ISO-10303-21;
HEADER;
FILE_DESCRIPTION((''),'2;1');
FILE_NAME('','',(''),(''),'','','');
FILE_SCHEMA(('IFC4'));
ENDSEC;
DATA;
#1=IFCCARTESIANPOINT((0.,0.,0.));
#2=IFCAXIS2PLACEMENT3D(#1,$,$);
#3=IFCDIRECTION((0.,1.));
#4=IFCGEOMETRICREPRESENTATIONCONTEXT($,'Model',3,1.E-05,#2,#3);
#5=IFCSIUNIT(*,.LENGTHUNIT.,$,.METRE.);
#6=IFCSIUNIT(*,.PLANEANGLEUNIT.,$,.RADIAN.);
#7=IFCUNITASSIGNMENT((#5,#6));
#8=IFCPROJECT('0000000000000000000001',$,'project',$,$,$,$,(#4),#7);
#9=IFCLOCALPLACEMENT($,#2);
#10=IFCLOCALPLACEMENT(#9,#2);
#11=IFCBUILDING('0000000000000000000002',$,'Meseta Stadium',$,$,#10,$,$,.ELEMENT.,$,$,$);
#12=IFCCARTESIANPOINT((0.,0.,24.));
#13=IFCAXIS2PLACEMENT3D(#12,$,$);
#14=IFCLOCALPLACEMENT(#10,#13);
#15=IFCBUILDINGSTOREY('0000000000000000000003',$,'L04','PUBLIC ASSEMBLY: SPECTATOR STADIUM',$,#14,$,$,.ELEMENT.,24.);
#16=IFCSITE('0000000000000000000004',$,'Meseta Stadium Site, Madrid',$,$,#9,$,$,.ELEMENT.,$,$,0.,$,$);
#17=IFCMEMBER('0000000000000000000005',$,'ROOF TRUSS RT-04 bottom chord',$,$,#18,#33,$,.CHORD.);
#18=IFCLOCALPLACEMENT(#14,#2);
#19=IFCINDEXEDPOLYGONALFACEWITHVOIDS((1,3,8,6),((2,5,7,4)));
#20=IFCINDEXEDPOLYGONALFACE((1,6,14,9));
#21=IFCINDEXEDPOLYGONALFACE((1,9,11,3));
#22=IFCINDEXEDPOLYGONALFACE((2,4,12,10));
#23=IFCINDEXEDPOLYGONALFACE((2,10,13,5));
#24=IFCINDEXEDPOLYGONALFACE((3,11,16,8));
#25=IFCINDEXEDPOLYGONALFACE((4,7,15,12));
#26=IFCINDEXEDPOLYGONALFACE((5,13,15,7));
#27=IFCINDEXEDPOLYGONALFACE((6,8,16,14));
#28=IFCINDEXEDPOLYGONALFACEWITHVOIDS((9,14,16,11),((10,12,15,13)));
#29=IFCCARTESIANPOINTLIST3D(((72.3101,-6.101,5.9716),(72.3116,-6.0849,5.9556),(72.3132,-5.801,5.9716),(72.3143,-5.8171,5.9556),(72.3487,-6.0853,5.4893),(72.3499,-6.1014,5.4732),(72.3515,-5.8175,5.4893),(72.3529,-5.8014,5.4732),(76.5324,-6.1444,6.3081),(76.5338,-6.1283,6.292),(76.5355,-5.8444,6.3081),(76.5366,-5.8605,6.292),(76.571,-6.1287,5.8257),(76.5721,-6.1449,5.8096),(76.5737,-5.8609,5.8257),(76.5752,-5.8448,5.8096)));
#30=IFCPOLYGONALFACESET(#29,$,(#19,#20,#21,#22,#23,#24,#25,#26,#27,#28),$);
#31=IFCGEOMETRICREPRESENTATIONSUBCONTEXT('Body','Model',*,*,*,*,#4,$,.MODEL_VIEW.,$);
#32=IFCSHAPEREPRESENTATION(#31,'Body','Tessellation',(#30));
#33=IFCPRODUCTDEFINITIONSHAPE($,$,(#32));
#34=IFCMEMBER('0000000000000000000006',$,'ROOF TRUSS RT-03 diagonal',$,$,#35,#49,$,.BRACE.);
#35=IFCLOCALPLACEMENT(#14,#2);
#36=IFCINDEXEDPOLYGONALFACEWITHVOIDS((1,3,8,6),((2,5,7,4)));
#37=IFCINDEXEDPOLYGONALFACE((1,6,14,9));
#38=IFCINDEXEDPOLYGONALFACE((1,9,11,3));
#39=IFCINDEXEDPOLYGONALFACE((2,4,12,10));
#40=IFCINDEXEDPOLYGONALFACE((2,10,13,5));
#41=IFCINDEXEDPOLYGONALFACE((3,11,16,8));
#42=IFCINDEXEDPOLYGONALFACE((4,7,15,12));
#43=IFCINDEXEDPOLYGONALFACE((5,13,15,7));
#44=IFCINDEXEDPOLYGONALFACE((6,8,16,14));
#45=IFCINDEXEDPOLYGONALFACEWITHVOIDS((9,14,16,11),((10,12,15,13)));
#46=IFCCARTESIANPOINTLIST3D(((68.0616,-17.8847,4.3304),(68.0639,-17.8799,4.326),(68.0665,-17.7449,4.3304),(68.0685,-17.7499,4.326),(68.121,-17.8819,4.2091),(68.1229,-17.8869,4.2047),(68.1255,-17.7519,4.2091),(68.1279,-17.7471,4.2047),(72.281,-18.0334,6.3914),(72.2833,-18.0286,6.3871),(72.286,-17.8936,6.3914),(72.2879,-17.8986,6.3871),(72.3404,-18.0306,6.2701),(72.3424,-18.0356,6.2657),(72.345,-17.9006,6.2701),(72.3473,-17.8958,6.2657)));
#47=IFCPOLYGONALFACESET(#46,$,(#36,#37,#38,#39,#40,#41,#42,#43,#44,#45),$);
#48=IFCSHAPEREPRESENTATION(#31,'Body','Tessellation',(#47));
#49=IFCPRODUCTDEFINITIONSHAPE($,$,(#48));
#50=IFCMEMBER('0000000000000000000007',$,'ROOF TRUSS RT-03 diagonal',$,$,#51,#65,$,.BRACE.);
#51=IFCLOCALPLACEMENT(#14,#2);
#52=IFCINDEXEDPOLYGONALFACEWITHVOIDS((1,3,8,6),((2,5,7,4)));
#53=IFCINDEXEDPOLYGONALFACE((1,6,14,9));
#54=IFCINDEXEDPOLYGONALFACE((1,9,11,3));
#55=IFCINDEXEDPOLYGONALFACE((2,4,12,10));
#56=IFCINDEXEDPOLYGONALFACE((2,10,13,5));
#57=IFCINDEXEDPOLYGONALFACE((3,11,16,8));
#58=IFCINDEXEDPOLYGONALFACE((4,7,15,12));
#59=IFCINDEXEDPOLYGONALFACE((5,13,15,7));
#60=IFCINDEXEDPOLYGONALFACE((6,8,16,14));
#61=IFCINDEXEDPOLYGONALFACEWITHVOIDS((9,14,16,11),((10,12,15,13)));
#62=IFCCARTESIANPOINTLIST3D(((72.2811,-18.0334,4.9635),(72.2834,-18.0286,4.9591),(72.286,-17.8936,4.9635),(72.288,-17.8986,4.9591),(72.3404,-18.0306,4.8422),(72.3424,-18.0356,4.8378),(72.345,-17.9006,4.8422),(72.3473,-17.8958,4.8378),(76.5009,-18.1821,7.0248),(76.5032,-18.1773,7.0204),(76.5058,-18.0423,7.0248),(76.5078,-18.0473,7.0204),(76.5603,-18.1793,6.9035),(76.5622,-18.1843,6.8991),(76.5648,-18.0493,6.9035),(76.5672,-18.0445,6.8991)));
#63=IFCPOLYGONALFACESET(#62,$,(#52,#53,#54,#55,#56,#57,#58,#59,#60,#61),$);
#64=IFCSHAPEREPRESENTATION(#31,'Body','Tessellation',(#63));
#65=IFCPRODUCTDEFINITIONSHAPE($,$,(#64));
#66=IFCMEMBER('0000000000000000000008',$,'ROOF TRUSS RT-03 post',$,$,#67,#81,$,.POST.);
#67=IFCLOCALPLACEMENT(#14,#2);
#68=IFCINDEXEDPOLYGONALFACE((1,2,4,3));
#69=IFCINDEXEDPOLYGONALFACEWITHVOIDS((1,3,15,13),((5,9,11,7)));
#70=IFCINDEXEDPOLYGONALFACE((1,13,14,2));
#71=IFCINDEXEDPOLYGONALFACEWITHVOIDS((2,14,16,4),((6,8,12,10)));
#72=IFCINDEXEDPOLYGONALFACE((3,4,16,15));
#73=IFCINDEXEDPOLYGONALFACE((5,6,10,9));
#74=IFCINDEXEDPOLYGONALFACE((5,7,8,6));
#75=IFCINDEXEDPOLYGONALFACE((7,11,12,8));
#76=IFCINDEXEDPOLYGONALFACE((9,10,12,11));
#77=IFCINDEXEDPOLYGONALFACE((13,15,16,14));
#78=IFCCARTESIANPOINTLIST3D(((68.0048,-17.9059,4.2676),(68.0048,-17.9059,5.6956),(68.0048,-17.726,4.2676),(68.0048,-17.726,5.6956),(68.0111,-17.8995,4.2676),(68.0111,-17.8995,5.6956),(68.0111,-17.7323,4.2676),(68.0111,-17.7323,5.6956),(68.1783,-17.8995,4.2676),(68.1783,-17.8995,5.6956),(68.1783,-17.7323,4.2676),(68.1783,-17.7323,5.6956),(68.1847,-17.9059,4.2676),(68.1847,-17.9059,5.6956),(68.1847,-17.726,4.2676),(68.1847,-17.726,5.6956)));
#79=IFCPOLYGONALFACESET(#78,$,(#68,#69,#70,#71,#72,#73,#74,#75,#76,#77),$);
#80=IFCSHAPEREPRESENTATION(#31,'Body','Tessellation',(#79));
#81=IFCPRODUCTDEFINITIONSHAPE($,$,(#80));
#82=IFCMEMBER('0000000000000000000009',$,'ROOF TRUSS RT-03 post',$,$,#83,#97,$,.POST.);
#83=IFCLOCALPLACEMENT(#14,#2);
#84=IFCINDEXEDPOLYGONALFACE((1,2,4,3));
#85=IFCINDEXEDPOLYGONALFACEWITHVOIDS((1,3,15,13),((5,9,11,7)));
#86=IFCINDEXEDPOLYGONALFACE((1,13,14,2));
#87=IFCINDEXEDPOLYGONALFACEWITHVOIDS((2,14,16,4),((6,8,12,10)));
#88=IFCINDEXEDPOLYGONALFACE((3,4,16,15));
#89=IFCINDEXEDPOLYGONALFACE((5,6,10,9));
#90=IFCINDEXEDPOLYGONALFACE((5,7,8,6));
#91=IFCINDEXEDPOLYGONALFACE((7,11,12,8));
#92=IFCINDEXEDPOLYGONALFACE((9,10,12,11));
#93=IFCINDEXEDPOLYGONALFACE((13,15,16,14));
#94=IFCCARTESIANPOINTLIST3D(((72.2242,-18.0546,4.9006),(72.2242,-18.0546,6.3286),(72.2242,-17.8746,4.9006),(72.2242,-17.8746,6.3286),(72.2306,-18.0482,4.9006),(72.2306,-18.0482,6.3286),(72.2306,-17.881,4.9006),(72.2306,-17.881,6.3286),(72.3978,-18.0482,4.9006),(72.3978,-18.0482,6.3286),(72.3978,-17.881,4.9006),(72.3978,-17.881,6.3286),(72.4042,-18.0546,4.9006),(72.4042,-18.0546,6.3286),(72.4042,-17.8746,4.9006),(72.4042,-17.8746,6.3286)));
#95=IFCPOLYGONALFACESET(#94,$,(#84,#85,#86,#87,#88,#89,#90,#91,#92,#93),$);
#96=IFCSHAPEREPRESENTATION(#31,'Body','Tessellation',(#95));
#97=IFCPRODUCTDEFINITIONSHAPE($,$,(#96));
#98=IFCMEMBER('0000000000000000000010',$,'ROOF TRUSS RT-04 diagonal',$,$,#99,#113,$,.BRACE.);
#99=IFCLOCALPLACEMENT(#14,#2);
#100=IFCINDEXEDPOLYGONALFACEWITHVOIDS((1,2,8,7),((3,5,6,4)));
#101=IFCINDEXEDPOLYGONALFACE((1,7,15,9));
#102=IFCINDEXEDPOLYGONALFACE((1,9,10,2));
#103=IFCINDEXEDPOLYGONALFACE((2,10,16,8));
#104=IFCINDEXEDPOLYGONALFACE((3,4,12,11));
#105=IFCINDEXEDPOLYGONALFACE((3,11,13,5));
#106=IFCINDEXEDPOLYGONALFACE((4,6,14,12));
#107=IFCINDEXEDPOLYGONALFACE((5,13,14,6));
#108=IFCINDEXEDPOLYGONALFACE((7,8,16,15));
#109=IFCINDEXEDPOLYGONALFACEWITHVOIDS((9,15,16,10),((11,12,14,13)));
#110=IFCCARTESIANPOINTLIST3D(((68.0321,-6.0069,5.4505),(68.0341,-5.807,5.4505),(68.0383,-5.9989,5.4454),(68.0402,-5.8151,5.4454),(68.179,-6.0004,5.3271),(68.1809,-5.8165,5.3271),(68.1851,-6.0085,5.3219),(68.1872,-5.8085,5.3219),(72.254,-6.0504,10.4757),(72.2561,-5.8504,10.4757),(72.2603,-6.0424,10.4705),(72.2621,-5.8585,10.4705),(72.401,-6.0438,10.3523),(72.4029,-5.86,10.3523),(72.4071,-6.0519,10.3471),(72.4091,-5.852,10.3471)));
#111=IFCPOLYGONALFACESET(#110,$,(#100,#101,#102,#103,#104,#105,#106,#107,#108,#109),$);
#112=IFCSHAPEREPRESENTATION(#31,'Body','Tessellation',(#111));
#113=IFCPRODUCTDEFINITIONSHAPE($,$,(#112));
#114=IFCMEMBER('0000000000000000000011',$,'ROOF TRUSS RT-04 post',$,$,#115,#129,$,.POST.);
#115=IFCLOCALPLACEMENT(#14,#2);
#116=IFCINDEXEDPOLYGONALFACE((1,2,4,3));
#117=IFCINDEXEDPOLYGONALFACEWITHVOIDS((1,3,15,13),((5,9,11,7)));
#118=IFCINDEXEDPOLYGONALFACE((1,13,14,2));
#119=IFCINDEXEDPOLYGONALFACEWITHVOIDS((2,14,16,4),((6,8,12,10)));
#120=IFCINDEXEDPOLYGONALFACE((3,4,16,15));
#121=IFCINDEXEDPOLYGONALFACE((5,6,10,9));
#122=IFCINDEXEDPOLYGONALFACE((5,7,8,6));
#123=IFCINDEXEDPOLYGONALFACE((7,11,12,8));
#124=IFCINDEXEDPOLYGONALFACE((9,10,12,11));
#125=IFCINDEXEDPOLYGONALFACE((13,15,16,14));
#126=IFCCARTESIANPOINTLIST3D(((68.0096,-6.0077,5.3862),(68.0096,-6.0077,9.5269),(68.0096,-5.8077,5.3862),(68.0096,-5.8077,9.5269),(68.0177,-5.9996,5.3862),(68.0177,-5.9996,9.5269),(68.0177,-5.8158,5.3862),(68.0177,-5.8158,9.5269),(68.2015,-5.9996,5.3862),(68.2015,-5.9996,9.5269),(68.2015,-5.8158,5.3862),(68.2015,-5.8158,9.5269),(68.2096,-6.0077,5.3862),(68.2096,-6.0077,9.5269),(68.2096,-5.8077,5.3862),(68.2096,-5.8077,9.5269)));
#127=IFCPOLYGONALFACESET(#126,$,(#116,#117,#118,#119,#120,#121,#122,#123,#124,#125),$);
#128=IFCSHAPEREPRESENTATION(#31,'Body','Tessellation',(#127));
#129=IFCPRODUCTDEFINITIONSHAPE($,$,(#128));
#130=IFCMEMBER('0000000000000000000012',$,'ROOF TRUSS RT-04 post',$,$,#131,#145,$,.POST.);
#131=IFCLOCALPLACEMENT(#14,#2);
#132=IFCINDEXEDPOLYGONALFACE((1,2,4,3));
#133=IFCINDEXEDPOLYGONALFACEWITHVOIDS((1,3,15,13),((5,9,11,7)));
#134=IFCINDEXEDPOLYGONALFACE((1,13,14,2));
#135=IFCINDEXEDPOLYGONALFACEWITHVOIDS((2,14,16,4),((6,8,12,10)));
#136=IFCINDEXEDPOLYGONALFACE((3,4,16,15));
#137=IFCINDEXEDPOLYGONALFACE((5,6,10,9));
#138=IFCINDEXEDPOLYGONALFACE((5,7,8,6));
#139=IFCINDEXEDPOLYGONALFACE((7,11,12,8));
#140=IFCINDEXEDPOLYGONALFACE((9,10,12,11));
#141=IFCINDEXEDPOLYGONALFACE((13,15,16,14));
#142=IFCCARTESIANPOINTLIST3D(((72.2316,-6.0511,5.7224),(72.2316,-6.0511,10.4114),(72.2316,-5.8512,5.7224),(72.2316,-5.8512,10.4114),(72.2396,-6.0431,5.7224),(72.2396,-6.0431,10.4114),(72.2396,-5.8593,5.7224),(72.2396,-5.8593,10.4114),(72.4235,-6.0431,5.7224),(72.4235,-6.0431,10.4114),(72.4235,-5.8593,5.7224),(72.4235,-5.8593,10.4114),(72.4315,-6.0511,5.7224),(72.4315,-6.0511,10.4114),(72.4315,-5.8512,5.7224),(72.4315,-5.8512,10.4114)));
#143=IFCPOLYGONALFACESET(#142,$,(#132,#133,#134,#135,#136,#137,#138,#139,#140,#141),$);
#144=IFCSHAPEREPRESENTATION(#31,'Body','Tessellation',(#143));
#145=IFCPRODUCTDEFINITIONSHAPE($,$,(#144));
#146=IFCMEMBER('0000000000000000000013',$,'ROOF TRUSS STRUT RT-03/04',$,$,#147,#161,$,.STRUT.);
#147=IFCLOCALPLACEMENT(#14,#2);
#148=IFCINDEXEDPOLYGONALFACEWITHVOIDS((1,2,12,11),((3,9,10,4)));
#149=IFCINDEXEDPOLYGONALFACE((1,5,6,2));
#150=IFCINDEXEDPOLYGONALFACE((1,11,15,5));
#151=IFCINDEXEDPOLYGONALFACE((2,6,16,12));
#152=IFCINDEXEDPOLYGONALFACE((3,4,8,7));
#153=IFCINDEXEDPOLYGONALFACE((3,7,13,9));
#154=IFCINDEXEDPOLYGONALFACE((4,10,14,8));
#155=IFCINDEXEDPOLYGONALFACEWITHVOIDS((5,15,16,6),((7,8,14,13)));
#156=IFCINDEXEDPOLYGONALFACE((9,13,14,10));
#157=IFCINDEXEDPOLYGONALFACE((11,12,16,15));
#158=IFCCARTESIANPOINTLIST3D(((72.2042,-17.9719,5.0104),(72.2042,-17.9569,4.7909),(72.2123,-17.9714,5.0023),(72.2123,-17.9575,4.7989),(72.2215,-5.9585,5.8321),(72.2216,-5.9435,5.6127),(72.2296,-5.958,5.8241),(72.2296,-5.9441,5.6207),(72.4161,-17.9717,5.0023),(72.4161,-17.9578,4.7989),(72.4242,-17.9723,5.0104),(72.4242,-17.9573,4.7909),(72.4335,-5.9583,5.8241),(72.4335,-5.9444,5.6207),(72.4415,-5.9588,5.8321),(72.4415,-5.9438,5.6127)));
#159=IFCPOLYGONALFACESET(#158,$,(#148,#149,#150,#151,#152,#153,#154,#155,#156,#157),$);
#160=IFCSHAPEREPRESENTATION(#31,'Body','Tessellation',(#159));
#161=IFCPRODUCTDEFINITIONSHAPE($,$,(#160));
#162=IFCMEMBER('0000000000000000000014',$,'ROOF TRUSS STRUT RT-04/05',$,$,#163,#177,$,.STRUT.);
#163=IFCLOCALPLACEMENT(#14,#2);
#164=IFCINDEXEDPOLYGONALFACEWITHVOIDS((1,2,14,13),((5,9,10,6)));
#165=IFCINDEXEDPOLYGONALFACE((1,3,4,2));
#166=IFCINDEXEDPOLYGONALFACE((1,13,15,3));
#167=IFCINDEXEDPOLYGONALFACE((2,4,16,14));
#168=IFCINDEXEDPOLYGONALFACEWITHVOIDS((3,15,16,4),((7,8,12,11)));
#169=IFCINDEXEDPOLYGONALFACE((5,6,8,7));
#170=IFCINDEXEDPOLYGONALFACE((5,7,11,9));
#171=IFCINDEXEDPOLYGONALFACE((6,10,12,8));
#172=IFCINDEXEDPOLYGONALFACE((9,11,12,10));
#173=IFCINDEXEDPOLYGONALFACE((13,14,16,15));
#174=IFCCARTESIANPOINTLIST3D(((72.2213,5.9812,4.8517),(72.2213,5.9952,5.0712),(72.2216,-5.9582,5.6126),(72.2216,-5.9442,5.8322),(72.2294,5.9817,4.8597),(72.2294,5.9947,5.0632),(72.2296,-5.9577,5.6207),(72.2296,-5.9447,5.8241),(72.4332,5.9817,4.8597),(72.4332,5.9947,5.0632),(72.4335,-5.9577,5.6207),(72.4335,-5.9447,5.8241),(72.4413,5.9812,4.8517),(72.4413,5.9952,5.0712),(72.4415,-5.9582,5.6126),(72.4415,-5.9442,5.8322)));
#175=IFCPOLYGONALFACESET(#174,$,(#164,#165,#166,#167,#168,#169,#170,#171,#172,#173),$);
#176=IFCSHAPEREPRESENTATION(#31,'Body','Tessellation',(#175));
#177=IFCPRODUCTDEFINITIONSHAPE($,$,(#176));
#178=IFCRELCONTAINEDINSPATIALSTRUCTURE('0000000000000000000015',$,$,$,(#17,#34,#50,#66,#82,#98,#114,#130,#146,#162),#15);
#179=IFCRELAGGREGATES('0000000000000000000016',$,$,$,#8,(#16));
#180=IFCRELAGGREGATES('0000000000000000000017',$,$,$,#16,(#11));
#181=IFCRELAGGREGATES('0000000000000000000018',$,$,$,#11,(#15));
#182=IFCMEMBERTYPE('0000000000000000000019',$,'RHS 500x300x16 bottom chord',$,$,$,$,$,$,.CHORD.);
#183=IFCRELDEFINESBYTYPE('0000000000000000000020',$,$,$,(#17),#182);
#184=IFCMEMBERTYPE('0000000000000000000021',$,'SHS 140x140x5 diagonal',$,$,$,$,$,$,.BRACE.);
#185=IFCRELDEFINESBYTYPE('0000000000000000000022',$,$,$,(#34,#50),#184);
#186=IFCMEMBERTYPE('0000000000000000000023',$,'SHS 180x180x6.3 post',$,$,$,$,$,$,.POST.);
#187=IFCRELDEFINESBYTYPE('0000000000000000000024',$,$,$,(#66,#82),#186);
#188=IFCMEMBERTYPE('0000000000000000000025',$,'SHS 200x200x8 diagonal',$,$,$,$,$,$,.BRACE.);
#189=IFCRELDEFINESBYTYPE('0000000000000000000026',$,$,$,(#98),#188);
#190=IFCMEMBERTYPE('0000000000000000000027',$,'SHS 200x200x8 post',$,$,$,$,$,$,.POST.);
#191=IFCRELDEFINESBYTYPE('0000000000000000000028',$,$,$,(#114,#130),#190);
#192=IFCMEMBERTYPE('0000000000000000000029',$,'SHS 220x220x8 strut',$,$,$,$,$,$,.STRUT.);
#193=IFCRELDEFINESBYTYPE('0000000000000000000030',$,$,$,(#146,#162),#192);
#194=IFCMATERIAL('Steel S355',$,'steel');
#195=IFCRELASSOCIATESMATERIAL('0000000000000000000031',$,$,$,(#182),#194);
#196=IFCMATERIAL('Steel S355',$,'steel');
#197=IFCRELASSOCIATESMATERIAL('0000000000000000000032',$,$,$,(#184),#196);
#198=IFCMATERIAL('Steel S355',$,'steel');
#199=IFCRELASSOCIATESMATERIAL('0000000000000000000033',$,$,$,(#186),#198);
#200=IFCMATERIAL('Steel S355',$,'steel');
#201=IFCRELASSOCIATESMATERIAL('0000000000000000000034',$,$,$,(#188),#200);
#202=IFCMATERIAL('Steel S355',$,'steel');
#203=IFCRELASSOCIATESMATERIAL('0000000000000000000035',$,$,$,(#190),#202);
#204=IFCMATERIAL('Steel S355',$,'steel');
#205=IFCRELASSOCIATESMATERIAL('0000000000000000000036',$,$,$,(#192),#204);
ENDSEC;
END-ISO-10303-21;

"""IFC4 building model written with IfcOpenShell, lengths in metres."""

from ifc_helpers import new_model, si_unit, direction, frame, origin, origin_2d, place, context, subcontext, project, spatial, hollow_rectangle, extrude, material, material_profile, profile_set, type_object, element, save


model = new_model("IFC4")

# Units and contexts
model_context = context("Model", 3, precision=1e-05, world=origin(), true_north=direction((0.0, 1.0)))
body_context = subcontext(model_context, "Body", "Model", "MODEL_VIEW")
ifc_project = project(units=[si_unit("LENGTHUNIT", "METRE"), si_unit("PLANEANGLEUNIT", "RADIAN")], contexts=[model_context])

# Site, building, storey
site_placement = place(None, origin())
site = spatial("IfcSite", under=ifc_project, at=site_placement, Name="Meseta Stadium Site, Madrid", CompositionType="ELEMENT", RefElevation=0.0)
building_placement = place(site_placement, origin())
building = spatial("IfcBuilding", under=site, at=building_placement, Name="Meseta Stadium", CompositionType="ELEMENT")
storey_placement = place(building_placement, frame((0.0, 0.0, 24.0)))
storey = spatial("IfcBuildingStorey", under=building, at=storey_placement, Name="L04", Description="PUBLIC ASSEMBLY: SPECTATOR STADIUM", CompositionType="ELEMENT", Elevation=24.0)

# Members
ifc_material_1 = material(Name="Steel S355", Category="steel")
ifc_material_profile_1 = material_profile(ifc_material_1, hollow_rectangle(XDim=0.3, YDim=0.5, WallThickness=0.0161, at=origin_2d()), Name="RHS 500x300x16")
ifc_profile_set_1 = profile_set([ifc_material_profile_1], Name="Steel S355")
member_type_1 = type_object("IfcMemberType", Name="RHS 500x300x16 bottom chord", PredefinedType="CHORD", material=ifc_profile_set_1)
member_1_placement = place(storey_placement, frame((72.3315, -5.9512, 5.7224), z_axis=(0.996788, -0.01026, 0.079425), x_axis=(0.010292, 0.999947, 0.0)))
element("IfcMember", 1, at=member_1_placement, inside=storey, type_object=member_type_1, Name="ROOF TRUSS RT-04 bottom chord", PredefinedType="CHORD", context=body_context, shape_type="SweptSolid", body=[
    extrude(hollow_rectangle(XDim=0.3, YDim=0.5, WallThickness=0.0161, at=origin_2d()), origin(), (0.0, 0.0, 1.0), 4.2358),
])
ifc_material_2 = material(Name="Steel S355", Category="steel")
ifc_material_profile_2 = material_profile(ifc_material_2, hollow_rectangle(XDim=0.1399, YDim=0.1399, WallThickness=0.0049, at=origin_2d()), Name="SHS 140x140x5")
ifc_profile_set_2 = profile_set([ifc_material_profile_2], Name="Steel S355")
member_type_2 = type_object("IfcMemberType", Name="SHS 140x140x5 diagonal", PredefinedType="BRACE", material=ifc_profile_set_2)
member_2_placement = place(storey_placement, frame((68.0947, -17.8159, 4.2676), z_axis=(0.898087, -0.031646, 0.438677), x_axis=(0.035215, 0.99938, 0.0)))
element("IfcMember", 2, at=member_2_placement, inside=storey, type_object=member_type_2, Name="ROOF TRUSS RT-03 diagonal", PredefinedType="BRACE", context=body_context, shape_type="SweptSolid", body=[
    extrude(hollow_rectangle(XDim=0.1399, YDim=0.1399, WallThickness=0.0049, at=origin_2d()), origin(), (0.0, 0.0, 1.0), 4.6982),
])
member_3_placement = place(storey_placement, frame((72.3142, -17.9646, 4.9006), z_axis=(0.898077, -0.031644, 0.438698), x_axis=(0.035213, 0.99938, 0.0)))
element("IfcMember", 3, at=member_3_placement, inside=storey, type_object=member_type_2, Name="ROOF TRUSS RT-03 diagonal", PredefinedType="BRACE", context=body_context, shape_type="SweptSolid", body=[
    extrude(hollow_rectangle(XDim=0.1399, YDim=0.1399, WallThickness=0.0049, at=origin_2d()), origin(), (0.0, 0.0, 1.0), 4.6987),
])
ifc_material_3 = material(Name="Steel S355", Category="steel")
ifc_material_profile_3 = material_profile(ifc_material_3, hollow_rectangle(XDim=0.1799, YDim=0.1799, WallThickness=0.0063, at=origin_2d()), Name="SHS 180x180x6.3")
ifc_profile_set_3 = profile_set([ifc_material_profile_3], Name="Steel S355")
member_type_3 = type_object("IfcMemberType", Name="SHS 180x180x6.3 post", PredefinedType="POST", material=ifc_profile_set_3)
for number, where, z_axis, x_axis, name in (
    (4, (68.0947, -17.8159, 4.2676), (0.0, 0.0, 1.0), (1.0, 0.0, 0.0), "ROOF TRUSS RT-03 post"),
    (5, (72.3142, -17.9646, 4.9006), (0.0, 0.0, 1.0), (1.0, 0.0, 0.0), "ROOF TRUSS RT-03 post"),
):
    element("IfcMember", number, at=place(storey_placement, frame(where, z_axis=z_axis, x_axis=x_axis)), inside=storey, type_object=member_type_3, Name=name, PredefinedType="POST", context=body_context, shape_type="SweptSolid", body=[
        extrude(hollow_rectangle(XDim=0.1799, YDim=0.1799, WallThickness=0.0063, at=origin_2d()), origin(), (0.0, 0.0, 1.0), 1.428),
    ])
ifc_material_4 = material(Name="Steel S355", Category="steel")
ifc_material_profile_4 = material_profile(ifc_material_4, hollow_rectangle(XDim=0.2, YDim=0.2, WallThickness=0.0081, at=origin_2d()), Name="SHS 200x200x8")
ifc_profile_set_4 = profile_set([ifc_material_profile_4], Name="Steel S355")
member_type_4 = type_object("IfcMemberType", Name="SHS 200x200x8 diagonal", PredefinedType="BRACE", material=ifc_profile_set_4)
member_4_placement = place(storey_placement, frame((68.1096, -5.9077, 5.3862), z_axis=(0.64325, -0.006621, 0.765628), x_axis=(0.010293, 0.999947, 0.0)))
element("IfcMember", 6, at=member_4_placement, inside=storey, type_object=member_type_4, Name="ROOF TRUSS RT-04 diagonal", PredefinedType="BRACE", context=body_context, shape_type="SweptSolid", body=[
    extrude(hollow_rectangle(XDim=0.2, YDim=0.2, WallThickness=0.0081, at=origin_2d()), origin(), (0.0, 0.0, 1.0), 6.5635),
])
ifc_material_5 = material(Name="Steel S355", Category="steel")
ifc_material_profile_5 = material_profile(ifc_material_5, hollow_rectangle(XDim=0.2, YDim=0.2, WallThickness=0.0081, at=origin_2d()), Name="SHS 200x200x8")
ifc_profile_set_5 = profile_set([ifc_material_profile_5], Name="Steel S355")
member_type_5 = type_object("IfcMemberType", Name="SHS 200x200x8 post", PredefinedType="POST", material=ifc_profile_set_5)
member_5_placement = place(storey_placement, frame((68.1096, -5.9077, 5.3862), z_axis=(0.0, 0.0, 1.0), x_axis=(1.0, 0.0, 0.0)))
element("IfcMember", 7, at=member_5_placement, inside=storey, type_object=member_type_5, Name="ROOF TRUSS RT-04 post", PredefinedType="POST", context=body_context, shape_type="SweptSolid", body=[
    extrude(hollow_rectangle(XDim=0.2, YDim=0.2, WallThickness=0.0081, at=origin_2d()), origin(), (0.0, 0.0, 1.0), 4.1406),
])
member_6_placement = place(storey_placement, frame((72.3315, -5.9512, 5.7224), z_axis=(0.0, 0.0, 1.0), x_axis=(1.0, 0.0, 0.0)))
element("IfcMember", 8, at=member_6_placement, inside=storey, type_object=member_type_5, Name="ROOF TRUSS RT-04 post", PredefinedType="POST", context=body_context, shape_type="SweptSolid", body=[
    extrude(hollow_rectangle(XDim=0.2, YDim=0.2, WallThickness=0.0081, at=origin_2d()), origin(), (0.0, 0.0, 1.0), 4.689),
])
ifc_material_6 = material(Name="Steel S355", Category="steel")
ifc_material_profile_6 = material_profile(ifc_material_6, hollow_rectangle(XDim=0.22, YDim=0.22, WallThickness=0.0081, at=origin_2d()), Name="SHS 220x220x8")
ifc_profile_set_6 = profile_set([ifc_material_profile_6], Name="Steel S355")
member_type_6 = type_object("IfcMemberType", Name="SHS 220x220x8 strut", PredefinedType="STRUT", material=ifc_profile_set_6)
member_7_placement = place(storey_placement, frame((72.3142, -17.9646, 4.9006), z_axis=(0.00144, 0.997668, 0.068245), x_axis=(-0.999999, 0.001443, 0.0)))
element("IfcMember", 9, at=member_7_placement, inside=storey, type_object=member_type_6, Name="ROOF TRUSS STRUT RT-03/04", PredefinedType="STRUT", context=body_context, shape_type="SweptSolid", body=[
    extrude(hollow_rectangle(XDim=0.22, YDim=0.22, WallThickness=0.0081, at=origin_2d()), origin(), (0.0, 0.0, 1.0), 12.0415),
])
member_8_placement = place(storey_placement, frame((72.3315, -5.9512, 5.7224), z_axis=(-0.00002, 0.997975, -0.063608), x_axis=(-1.0, -0.00002, 0.0)))
element("IfcMember", 10, at=member_8_placement, inside=storey, type_object=member_type_6, Name="ROOF TRUSS STRUT RT-04/05", PredefinedType="STRUT", context=body_context, shape_type="SweptSolid", body=[
    extrude(hollow_rectangle(XDim=0.22, YDim=0.22, WallThickness=0.0081, at=origin_2d()), origin(), (0.0, 0.0, 1.0), 11.9636),
])

save(model, "model.ifc")
